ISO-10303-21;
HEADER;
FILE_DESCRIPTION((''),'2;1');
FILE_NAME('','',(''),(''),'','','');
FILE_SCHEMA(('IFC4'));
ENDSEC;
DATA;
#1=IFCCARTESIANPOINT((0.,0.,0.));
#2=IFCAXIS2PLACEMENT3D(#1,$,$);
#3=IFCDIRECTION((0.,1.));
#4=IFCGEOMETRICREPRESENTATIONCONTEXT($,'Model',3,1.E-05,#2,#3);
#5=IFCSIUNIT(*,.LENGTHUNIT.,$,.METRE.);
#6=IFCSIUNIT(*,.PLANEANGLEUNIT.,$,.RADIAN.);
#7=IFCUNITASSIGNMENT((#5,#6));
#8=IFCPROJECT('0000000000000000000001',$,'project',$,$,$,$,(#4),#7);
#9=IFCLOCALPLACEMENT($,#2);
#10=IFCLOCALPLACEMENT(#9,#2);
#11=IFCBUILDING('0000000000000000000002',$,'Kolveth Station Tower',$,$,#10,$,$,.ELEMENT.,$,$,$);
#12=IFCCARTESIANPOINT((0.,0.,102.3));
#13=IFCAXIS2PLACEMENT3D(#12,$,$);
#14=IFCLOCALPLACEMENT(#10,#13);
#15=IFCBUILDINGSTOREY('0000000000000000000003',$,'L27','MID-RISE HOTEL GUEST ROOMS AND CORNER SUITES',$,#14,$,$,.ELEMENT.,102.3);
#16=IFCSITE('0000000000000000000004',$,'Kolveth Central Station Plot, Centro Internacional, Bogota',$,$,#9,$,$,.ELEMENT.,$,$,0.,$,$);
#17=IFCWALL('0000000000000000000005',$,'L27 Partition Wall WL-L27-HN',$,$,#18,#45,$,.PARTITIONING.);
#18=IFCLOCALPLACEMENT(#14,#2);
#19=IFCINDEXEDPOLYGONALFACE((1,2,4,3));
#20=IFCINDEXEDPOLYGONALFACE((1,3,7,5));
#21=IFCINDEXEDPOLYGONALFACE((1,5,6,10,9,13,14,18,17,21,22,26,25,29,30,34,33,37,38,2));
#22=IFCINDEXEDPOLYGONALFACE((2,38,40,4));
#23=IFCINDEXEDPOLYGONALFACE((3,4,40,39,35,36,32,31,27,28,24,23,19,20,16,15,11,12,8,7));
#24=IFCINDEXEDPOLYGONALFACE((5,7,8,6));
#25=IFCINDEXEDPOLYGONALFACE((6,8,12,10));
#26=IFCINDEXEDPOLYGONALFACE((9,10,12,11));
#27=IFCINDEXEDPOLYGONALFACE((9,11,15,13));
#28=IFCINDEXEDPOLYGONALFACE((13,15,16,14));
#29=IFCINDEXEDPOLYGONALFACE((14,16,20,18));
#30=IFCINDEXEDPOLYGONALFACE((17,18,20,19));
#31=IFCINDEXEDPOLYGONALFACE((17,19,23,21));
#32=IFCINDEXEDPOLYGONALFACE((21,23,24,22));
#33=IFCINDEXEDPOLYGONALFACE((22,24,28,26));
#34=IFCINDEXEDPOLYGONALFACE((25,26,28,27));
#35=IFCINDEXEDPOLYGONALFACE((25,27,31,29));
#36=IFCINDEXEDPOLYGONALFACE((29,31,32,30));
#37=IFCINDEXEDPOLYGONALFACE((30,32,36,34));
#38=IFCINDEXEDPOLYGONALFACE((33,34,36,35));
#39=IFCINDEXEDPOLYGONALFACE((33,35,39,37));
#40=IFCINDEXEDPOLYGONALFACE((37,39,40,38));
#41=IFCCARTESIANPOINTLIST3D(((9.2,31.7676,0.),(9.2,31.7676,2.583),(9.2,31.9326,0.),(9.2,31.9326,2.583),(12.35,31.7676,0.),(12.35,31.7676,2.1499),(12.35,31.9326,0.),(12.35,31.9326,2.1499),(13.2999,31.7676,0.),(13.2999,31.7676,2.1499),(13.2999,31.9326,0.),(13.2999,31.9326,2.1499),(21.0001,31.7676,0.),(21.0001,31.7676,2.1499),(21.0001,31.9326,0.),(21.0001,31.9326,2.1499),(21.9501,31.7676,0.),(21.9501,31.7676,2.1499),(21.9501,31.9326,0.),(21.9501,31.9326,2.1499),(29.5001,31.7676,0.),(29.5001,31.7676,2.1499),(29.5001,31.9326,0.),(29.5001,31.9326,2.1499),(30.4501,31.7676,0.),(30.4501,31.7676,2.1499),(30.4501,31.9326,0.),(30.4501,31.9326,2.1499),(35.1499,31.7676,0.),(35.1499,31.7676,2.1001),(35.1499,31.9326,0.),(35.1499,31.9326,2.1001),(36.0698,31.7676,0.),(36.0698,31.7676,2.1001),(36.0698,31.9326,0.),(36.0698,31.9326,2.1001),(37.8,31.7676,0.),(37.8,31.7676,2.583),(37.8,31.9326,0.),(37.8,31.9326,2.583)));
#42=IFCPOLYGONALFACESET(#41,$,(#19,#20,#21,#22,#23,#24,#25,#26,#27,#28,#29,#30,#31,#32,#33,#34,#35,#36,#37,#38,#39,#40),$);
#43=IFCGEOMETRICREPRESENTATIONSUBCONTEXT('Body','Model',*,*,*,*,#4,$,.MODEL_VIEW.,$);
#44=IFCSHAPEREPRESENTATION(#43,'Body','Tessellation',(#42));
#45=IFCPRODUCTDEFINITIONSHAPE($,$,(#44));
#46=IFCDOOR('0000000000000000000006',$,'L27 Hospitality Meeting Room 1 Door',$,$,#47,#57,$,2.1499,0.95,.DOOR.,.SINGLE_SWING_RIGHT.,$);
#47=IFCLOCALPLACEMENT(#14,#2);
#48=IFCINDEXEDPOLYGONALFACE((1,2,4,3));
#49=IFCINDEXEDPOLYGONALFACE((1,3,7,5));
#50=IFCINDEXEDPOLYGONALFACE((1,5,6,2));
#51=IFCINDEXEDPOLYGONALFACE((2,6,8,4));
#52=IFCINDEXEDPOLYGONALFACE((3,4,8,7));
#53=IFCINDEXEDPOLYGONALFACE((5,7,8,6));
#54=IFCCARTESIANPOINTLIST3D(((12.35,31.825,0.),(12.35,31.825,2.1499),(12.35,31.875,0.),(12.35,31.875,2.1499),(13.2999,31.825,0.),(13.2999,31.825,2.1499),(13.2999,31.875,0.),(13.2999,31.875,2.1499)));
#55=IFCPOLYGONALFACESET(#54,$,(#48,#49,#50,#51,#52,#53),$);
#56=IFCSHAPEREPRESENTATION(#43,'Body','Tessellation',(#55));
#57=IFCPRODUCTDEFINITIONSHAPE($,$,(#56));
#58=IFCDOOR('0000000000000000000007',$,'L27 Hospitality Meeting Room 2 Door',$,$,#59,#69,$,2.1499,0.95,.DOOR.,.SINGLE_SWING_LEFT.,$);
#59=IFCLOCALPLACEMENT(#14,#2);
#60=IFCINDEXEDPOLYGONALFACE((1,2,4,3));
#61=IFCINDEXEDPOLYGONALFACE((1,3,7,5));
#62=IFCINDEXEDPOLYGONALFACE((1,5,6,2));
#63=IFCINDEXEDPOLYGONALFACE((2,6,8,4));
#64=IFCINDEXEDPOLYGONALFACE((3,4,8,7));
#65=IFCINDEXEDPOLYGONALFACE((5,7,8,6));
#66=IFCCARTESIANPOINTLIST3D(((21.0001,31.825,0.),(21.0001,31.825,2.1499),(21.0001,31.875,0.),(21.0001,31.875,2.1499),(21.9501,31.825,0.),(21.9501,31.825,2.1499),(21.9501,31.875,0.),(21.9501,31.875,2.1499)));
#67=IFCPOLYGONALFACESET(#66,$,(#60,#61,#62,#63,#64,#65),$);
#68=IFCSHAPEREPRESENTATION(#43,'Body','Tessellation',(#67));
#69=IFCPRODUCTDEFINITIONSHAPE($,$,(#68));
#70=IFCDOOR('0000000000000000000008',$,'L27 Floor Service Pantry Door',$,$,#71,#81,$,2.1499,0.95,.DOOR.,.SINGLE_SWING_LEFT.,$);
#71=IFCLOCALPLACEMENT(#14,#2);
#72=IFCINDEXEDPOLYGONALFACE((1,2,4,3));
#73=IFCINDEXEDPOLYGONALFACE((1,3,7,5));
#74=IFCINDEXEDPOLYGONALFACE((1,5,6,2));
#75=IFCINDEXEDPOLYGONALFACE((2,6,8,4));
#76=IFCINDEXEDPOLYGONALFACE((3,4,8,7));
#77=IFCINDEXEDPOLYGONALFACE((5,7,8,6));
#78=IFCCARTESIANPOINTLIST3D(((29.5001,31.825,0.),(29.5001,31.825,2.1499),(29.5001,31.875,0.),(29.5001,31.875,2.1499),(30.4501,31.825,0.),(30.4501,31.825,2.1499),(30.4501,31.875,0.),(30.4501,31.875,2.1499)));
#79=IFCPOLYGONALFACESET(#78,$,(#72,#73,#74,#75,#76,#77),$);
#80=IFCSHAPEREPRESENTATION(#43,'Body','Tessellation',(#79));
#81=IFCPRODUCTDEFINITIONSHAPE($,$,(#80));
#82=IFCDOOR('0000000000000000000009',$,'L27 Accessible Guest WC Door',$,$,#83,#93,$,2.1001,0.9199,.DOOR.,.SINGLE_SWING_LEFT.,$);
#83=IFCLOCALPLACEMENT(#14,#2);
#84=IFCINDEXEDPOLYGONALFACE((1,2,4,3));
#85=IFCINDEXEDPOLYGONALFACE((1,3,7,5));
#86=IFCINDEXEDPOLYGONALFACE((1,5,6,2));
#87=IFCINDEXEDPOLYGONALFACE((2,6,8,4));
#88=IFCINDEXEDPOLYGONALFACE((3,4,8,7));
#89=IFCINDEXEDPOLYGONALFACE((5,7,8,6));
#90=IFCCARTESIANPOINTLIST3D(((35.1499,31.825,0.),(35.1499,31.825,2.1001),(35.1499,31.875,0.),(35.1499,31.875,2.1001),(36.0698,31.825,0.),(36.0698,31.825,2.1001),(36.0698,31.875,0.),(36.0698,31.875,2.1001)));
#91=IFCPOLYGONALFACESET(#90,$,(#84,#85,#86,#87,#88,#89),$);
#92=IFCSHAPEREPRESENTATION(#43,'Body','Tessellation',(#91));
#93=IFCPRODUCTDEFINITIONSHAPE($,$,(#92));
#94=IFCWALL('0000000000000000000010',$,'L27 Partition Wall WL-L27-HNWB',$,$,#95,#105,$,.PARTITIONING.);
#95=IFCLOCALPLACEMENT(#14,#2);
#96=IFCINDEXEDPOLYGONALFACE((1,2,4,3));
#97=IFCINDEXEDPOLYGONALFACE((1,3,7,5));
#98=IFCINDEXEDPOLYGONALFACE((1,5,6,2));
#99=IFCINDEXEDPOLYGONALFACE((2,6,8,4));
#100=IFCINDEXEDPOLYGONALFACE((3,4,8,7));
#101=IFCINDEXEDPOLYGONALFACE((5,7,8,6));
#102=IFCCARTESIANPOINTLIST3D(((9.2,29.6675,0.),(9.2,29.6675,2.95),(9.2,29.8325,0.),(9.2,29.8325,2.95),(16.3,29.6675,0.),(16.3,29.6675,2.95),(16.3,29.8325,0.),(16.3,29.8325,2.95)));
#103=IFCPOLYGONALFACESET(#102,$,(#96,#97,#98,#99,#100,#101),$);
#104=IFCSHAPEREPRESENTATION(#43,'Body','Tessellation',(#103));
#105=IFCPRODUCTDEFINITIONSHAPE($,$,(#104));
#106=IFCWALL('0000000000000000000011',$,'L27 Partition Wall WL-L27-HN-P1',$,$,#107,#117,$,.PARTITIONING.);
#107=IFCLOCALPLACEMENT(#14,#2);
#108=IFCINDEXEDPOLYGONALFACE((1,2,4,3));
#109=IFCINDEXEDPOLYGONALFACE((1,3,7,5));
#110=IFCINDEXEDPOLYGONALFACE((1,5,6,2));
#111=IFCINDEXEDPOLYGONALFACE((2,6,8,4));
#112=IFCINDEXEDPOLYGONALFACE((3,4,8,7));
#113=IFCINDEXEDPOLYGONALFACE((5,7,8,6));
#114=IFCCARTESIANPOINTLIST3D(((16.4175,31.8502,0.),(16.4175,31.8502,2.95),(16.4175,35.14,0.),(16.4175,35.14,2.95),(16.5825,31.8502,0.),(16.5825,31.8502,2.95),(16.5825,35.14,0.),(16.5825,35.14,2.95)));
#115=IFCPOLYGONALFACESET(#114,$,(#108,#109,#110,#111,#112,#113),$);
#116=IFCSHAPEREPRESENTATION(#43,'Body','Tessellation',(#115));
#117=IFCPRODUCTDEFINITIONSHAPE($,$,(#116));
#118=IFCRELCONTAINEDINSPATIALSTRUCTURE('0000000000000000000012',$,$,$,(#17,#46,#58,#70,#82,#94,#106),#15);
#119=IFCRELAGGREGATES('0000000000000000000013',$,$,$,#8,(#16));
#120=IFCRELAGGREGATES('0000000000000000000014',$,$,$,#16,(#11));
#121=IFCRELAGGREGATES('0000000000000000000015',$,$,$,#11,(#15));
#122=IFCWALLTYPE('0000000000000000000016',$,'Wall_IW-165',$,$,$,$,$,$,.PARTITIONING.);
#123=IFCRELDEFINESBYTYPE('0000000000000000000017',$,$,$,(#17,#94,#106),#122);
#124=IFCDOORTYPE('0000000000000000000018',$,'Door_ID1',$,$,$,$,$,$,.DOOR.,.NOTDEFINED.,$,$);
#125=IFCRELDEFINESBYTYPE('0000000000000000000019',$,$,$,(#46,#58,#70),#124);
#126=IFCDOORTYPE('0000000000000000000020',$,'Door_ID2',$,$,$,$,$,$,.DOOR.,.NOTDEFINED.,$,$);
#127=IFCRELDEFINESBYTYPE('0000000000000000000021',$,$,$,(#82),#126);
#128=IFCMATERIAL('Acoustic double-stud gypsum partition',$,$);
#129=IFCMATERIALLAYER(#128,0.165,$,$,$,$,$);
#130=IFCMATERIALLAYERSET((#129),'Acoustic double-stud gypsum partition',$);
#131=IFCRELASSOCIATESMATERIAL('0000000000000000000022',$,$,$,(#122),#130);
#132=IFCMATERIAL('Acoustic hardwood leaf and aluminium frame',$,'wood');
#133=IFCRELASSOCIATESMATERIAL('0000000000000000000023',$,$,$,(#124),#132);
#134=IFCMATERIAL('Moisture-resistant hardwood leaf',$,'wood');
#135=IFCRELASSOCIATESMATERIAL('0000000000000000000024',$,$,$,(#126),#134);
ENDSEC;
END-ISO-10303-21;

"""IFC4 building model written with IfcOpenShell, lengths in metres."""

from ifc_helpers import new_model, si_unit, direction, frame, frame_2d, origin, place, context, subcontext, project, spatial, rectangle, extrude, material, layer, layer_set, type_object, element, fill, save


model = new_model("IFC4")

# Units and contexts
model_context = context("Model", 3, precision=1e-05, world=origin(), true_north=direction((0.0, 1.0)))
body_context = subcontext(model_context, "Body", "Model", "MODEL_VIEW")
ifc_project = project(units=[si_unit("LENGTHUNIT", "METRE"), si_unit("PLANEANGLEUNIT", "RADIAN")], contexts=[model_context])

# Site, building, storey
site_placement = place(None, origin())
site = spatial("IfcSite", under=ifc_project, at=site_placement, Name="Kolveth Central Station Plot, Centro Internacional, Bogota", CompositionType="ELEMENT", RefElevation=0.0)
building_placement = place(site_placement, origin())
building = spatial("IfcBuilding", under=site, at=building_placement, Name="Kolveth Station Tower", CompositionType="ELEMENT")
storey_placement = place(building_placement, frame((0.0, 0.0, 102.3)))
storey = spatial("IfcBuildingStorey", under=building, at=storey_placement, Name="L27", Description="MID-RISE HOTEL GUEST ROOMS AND CORNER SUITES", CompositionType="ELEMENT", Elevation=102.3)

# Shared definitions
ifc_material_1 = material(Name="Acoustic double-stud gypsum partition")
ifc_layer_1 = layer(ifc_material_1, 0.165)
ifc_layer_set_1 = layer_set([ifc_layer_1], Name="Acoustic double-stud gypsum partition")
wall_type_1 = type_object("IfcWallType", Name="Wall_IW-165", PredefinedType="PARTITIONING", material=ifc_layer_set_1)

# Wall, openings, doors
wall_1_placement = place(storey_placement, frame((9.2, 31.8501, 0.0), z_axis=(0.0, 0.0, 1.0), x_axis=(1.0, 0.0, 0.0)))
wall_1 = element("IfcWall", 1, at=wall_1_placement, inside=storey, type_object=wall_type_1, Name="L27 Partition Wall WL-L27-HN", PredefinedType="PARTITIONING", context=body_context, shape_type="SweptSolid", body=[
    extrude(rectangle(XDim=28.6001, YDim=0.165, at=frame_2d((14.3, 0.0))), origin(), (0.0, 0.0, 1.0), 2.583),
])
opening_1_placement = place(wall_1_placement, frame((3.1499, 0.0, 0.0)))
opening_1 = element("IfcOpeningElement", 2, at=opening_1_placement, cuts=wall_1, PredefinedType="OPENING", context=body_context, shape_type="SweptSolid", body=[
    extrude(rectangle(XDim=0.95, YDim=2.1499, at=frame_2d((0.4751, 1.075))), frame((0.0, 0.0925, 0.0), z_axis=(0.0, -1.0, 0.0), x_axis=(1.0, 0.0, 0.0)), (0.0, 0.0, 1.0), 0.1851),
])
opening_2_placement = place(wall_1_placement, frame((11.8, 0.0, 0.0)))
opening_2 = element("IfcOpeningElement", 3, at=opening_2_placement, cuts=wall_1, PredefinedType="OPENING", context=body_context, shape_type="SweptSolid", body=[
    extrude(rectangle(XDim=0.95, YDim=2.1499, at=frame_2d((0.4751, 1.075))), frame((0.0, 0.0925, 0.0), z_axis=(0.0, -1.0, 0.0), x_axis=(1.0, 0.0, 0.0)), (0.0, 0.0, 1.0), 0.1851),
])
opening_3_placement = place(wall_1_placement, frame((20.3, 0.0, 0.0)))
opening_3 = element("IfcOpeningElement", 4, at=opening_3_placement, cuts=wall_1, PredefinedType="OPENING", context=body_context, shape_type="SweptSolid", body=[
    extrude(rectangle(XDim=0.95, YDim=2.1499, at=frame_2d((0.4751, 1.075))), frame((0.0, 0.0925, 0.0), z_axis=(0.0, -1.0, 0.0), x_axis=(1.0, 0.0, 0.0)), (0.0, 0.0, 1.0), 0.1851),
])
opening_4_placement = place(wall_1_placement, frame((25.95, 0.0, 0.0)))
opening_4 = element("IfcOpeningElement", 5, at=opening_4_placement, cuts=wall_1, PredefinedType="OPENING", context=body_context, shape_type="SweptSolid", body=[
    extrude(rectangle(XDim=0.9199, YDim=2.1001, at=frame_2d((0.46, 1.05))), frame((0.0, 0.0925, 0.0), z_axis=(0.0, -1.0, 0.0), x_axis=(1.0, 0.0, 0.0)), (0.0, 0.0, 1.0), 0.1851),
])
ifc_material_2 = material(Name="Acoustic hardwood leaf and aluminium frame", Category="wood")
door_type_1 = type_object("IfcDoorType", Name="Door_ID1", OperationType="NOTDEFINED", PredefinedType="DOOR", material=ifc_material_2)
door_1_placement = place(opening_1_placement, origin())
door_1 = element("IfcDoor", 6, at=door_1_placement, inside=storey, type_object=door_type_1, Name="L27 Hospitality Meeting Room 1 Door", OperationType="SINGLE_SWING_RIGHT", OverallHeight=2.1499, OverallWidth=0.95, PredefinedType="DOOR", context=body_context, shape_type="SweptSolid", body=[
    extrude(rectangle(XDim=0.95, YDim=2.1499, at=frame_2d((0.4751, 1.075))), frame((0.0, 0.0249, 0.0), z_axis=(0.0, -1.0, 0.0), x_axis=(1.0, 0.0, 0.0)), (0.0, 0.0, 1.0), 0.05),
])
fill(opening_1, door_1)
door_2_placement = place(opening_2_placement, origin())
door_2 = element("IfcDoor", 7, at=door_2_placement, inside=storey, type_object=door_type_1, Name="L27 Hospitality Meeting Room 2 Door", OperationType="SINGLE_SWING_LEFT", OverallHeight=2.1499, OverallWidth=0.95, PredefinedType="DOOR", context=body_context, shape_type="SweptSolid", body=[
    extrude(rectangle(XDim=0.95, YDim=2.1499, at=frame_2d((0.4751, 1.075))), frame((0.0, 0.0249, 0.0), z_axis=(0.0, -1.0, 0.0), x_axis=(1.0, 0.0, 0.0)), (0.0, 0.0, 1.0), 0.05),
])
fill(opening_2, door_2)
door_3_placement = place(opening_3_placement, origin())
door_3 = element("IfcDoor", 8, at=door_3_placement, inside=storey, type_object=door_type_1, Name="L27 Floor Service Pantry Door", OperationType="SINGLE_SWING_LEFT", OverallHeight=2.1499, OverallWidth=0.95, PredefinedType="DOOR", context=body_context, shape_type="SweptSolid", body=[
    extrude(rectangle(XDim=0.95, YDim=2.1499, at=frame_2d((0.4751, 1.075))), frame((0.0, 0.0249, 0.0), z_axis=(0.0, -1.0, 0.0), x_axis=(1.0, 0.0, 0.0)), (0.0, 0.0, 1.0), 0.05),
])
fill(opening_3, door_3)
ifc_material_3 = material(Name="Moisture-resistant hardwood leaf", Category="wood")
door_type_2 = type_object("IfcDoorType", Name="Door_ID2", OperationType="NOTDEFINED", PredefinedType="DOOR", material=ifc_material_3)
door_4_placement = place(opening_4_placement, origin())
door_4 = element("IfcDoor", 9, at=door_4_placement, inside=storey, type_object=door_type_2, Name="L27 Accessible Guest WC Door", OperationType="SINGLE_SWING_LEFT", OverallHeight=2.1001, OverallWidth=0.9199, PredefinedType="DOOR", context=body_context, shape_type="SweptSolid", body=[
    extrude(rectangle(XDim=0.9199, YDim=2.1001, at=frame_2d((0.46, 1.05))), frame((0.0, 0.0249, 0.0), z_axis=(0.0, -1.0, 0.0), x_axis=(1.0, 0.0, 0.0)), (0.0, 0.0, 1.0), 0.05),
])
fill(opening_4, door_4)

# Wall
wall_2_placement = place(storey_placement, frame((9.2, 29.75, 0.0), z_axis=(0.0, 0.0, 1.0), x_axis=(1.0, 0.0, 0.0)))
element("IfcWall", 10, at=wall_2_placement, inside=storey, type_object=wall_type_1, Name="L27 Partition Wall WL-L27-HNWB", PredefinedType="PARTITIONING", context=body_context, shape_type="SweptSolid", body=[
    extrude(rectangle(XDim=7.1001, YDim=0.165, at=frame_2d((3.55, 0.0))), origin(), (0.0, 0.0, 1.0), 2.95),
])

# Wall
wall_3_placement = place(storey_placement, frame((16.5, 31.8501, 0.0), z_axis=(0.0, 0.0, 1.0), x_axis=(0.0, 1.0, 0.0)))
element("IfcWall", 11, at=wall_3_placement, inside=storey, type_object=wall_type_1, Name="L27 Partition Wall WL-L27-HN-P1", PredefinedType="PARTITIONING", context=body_context, shape_type="SweptSolid", body=[
    extrude(rectangle(XDim=3.2898, YDim=0.165, at=frame_2d((1.645, 0.0))), origin(), (0.0, 0.0, 1.0), 2.95),
])

save(model, "model.ifc")
